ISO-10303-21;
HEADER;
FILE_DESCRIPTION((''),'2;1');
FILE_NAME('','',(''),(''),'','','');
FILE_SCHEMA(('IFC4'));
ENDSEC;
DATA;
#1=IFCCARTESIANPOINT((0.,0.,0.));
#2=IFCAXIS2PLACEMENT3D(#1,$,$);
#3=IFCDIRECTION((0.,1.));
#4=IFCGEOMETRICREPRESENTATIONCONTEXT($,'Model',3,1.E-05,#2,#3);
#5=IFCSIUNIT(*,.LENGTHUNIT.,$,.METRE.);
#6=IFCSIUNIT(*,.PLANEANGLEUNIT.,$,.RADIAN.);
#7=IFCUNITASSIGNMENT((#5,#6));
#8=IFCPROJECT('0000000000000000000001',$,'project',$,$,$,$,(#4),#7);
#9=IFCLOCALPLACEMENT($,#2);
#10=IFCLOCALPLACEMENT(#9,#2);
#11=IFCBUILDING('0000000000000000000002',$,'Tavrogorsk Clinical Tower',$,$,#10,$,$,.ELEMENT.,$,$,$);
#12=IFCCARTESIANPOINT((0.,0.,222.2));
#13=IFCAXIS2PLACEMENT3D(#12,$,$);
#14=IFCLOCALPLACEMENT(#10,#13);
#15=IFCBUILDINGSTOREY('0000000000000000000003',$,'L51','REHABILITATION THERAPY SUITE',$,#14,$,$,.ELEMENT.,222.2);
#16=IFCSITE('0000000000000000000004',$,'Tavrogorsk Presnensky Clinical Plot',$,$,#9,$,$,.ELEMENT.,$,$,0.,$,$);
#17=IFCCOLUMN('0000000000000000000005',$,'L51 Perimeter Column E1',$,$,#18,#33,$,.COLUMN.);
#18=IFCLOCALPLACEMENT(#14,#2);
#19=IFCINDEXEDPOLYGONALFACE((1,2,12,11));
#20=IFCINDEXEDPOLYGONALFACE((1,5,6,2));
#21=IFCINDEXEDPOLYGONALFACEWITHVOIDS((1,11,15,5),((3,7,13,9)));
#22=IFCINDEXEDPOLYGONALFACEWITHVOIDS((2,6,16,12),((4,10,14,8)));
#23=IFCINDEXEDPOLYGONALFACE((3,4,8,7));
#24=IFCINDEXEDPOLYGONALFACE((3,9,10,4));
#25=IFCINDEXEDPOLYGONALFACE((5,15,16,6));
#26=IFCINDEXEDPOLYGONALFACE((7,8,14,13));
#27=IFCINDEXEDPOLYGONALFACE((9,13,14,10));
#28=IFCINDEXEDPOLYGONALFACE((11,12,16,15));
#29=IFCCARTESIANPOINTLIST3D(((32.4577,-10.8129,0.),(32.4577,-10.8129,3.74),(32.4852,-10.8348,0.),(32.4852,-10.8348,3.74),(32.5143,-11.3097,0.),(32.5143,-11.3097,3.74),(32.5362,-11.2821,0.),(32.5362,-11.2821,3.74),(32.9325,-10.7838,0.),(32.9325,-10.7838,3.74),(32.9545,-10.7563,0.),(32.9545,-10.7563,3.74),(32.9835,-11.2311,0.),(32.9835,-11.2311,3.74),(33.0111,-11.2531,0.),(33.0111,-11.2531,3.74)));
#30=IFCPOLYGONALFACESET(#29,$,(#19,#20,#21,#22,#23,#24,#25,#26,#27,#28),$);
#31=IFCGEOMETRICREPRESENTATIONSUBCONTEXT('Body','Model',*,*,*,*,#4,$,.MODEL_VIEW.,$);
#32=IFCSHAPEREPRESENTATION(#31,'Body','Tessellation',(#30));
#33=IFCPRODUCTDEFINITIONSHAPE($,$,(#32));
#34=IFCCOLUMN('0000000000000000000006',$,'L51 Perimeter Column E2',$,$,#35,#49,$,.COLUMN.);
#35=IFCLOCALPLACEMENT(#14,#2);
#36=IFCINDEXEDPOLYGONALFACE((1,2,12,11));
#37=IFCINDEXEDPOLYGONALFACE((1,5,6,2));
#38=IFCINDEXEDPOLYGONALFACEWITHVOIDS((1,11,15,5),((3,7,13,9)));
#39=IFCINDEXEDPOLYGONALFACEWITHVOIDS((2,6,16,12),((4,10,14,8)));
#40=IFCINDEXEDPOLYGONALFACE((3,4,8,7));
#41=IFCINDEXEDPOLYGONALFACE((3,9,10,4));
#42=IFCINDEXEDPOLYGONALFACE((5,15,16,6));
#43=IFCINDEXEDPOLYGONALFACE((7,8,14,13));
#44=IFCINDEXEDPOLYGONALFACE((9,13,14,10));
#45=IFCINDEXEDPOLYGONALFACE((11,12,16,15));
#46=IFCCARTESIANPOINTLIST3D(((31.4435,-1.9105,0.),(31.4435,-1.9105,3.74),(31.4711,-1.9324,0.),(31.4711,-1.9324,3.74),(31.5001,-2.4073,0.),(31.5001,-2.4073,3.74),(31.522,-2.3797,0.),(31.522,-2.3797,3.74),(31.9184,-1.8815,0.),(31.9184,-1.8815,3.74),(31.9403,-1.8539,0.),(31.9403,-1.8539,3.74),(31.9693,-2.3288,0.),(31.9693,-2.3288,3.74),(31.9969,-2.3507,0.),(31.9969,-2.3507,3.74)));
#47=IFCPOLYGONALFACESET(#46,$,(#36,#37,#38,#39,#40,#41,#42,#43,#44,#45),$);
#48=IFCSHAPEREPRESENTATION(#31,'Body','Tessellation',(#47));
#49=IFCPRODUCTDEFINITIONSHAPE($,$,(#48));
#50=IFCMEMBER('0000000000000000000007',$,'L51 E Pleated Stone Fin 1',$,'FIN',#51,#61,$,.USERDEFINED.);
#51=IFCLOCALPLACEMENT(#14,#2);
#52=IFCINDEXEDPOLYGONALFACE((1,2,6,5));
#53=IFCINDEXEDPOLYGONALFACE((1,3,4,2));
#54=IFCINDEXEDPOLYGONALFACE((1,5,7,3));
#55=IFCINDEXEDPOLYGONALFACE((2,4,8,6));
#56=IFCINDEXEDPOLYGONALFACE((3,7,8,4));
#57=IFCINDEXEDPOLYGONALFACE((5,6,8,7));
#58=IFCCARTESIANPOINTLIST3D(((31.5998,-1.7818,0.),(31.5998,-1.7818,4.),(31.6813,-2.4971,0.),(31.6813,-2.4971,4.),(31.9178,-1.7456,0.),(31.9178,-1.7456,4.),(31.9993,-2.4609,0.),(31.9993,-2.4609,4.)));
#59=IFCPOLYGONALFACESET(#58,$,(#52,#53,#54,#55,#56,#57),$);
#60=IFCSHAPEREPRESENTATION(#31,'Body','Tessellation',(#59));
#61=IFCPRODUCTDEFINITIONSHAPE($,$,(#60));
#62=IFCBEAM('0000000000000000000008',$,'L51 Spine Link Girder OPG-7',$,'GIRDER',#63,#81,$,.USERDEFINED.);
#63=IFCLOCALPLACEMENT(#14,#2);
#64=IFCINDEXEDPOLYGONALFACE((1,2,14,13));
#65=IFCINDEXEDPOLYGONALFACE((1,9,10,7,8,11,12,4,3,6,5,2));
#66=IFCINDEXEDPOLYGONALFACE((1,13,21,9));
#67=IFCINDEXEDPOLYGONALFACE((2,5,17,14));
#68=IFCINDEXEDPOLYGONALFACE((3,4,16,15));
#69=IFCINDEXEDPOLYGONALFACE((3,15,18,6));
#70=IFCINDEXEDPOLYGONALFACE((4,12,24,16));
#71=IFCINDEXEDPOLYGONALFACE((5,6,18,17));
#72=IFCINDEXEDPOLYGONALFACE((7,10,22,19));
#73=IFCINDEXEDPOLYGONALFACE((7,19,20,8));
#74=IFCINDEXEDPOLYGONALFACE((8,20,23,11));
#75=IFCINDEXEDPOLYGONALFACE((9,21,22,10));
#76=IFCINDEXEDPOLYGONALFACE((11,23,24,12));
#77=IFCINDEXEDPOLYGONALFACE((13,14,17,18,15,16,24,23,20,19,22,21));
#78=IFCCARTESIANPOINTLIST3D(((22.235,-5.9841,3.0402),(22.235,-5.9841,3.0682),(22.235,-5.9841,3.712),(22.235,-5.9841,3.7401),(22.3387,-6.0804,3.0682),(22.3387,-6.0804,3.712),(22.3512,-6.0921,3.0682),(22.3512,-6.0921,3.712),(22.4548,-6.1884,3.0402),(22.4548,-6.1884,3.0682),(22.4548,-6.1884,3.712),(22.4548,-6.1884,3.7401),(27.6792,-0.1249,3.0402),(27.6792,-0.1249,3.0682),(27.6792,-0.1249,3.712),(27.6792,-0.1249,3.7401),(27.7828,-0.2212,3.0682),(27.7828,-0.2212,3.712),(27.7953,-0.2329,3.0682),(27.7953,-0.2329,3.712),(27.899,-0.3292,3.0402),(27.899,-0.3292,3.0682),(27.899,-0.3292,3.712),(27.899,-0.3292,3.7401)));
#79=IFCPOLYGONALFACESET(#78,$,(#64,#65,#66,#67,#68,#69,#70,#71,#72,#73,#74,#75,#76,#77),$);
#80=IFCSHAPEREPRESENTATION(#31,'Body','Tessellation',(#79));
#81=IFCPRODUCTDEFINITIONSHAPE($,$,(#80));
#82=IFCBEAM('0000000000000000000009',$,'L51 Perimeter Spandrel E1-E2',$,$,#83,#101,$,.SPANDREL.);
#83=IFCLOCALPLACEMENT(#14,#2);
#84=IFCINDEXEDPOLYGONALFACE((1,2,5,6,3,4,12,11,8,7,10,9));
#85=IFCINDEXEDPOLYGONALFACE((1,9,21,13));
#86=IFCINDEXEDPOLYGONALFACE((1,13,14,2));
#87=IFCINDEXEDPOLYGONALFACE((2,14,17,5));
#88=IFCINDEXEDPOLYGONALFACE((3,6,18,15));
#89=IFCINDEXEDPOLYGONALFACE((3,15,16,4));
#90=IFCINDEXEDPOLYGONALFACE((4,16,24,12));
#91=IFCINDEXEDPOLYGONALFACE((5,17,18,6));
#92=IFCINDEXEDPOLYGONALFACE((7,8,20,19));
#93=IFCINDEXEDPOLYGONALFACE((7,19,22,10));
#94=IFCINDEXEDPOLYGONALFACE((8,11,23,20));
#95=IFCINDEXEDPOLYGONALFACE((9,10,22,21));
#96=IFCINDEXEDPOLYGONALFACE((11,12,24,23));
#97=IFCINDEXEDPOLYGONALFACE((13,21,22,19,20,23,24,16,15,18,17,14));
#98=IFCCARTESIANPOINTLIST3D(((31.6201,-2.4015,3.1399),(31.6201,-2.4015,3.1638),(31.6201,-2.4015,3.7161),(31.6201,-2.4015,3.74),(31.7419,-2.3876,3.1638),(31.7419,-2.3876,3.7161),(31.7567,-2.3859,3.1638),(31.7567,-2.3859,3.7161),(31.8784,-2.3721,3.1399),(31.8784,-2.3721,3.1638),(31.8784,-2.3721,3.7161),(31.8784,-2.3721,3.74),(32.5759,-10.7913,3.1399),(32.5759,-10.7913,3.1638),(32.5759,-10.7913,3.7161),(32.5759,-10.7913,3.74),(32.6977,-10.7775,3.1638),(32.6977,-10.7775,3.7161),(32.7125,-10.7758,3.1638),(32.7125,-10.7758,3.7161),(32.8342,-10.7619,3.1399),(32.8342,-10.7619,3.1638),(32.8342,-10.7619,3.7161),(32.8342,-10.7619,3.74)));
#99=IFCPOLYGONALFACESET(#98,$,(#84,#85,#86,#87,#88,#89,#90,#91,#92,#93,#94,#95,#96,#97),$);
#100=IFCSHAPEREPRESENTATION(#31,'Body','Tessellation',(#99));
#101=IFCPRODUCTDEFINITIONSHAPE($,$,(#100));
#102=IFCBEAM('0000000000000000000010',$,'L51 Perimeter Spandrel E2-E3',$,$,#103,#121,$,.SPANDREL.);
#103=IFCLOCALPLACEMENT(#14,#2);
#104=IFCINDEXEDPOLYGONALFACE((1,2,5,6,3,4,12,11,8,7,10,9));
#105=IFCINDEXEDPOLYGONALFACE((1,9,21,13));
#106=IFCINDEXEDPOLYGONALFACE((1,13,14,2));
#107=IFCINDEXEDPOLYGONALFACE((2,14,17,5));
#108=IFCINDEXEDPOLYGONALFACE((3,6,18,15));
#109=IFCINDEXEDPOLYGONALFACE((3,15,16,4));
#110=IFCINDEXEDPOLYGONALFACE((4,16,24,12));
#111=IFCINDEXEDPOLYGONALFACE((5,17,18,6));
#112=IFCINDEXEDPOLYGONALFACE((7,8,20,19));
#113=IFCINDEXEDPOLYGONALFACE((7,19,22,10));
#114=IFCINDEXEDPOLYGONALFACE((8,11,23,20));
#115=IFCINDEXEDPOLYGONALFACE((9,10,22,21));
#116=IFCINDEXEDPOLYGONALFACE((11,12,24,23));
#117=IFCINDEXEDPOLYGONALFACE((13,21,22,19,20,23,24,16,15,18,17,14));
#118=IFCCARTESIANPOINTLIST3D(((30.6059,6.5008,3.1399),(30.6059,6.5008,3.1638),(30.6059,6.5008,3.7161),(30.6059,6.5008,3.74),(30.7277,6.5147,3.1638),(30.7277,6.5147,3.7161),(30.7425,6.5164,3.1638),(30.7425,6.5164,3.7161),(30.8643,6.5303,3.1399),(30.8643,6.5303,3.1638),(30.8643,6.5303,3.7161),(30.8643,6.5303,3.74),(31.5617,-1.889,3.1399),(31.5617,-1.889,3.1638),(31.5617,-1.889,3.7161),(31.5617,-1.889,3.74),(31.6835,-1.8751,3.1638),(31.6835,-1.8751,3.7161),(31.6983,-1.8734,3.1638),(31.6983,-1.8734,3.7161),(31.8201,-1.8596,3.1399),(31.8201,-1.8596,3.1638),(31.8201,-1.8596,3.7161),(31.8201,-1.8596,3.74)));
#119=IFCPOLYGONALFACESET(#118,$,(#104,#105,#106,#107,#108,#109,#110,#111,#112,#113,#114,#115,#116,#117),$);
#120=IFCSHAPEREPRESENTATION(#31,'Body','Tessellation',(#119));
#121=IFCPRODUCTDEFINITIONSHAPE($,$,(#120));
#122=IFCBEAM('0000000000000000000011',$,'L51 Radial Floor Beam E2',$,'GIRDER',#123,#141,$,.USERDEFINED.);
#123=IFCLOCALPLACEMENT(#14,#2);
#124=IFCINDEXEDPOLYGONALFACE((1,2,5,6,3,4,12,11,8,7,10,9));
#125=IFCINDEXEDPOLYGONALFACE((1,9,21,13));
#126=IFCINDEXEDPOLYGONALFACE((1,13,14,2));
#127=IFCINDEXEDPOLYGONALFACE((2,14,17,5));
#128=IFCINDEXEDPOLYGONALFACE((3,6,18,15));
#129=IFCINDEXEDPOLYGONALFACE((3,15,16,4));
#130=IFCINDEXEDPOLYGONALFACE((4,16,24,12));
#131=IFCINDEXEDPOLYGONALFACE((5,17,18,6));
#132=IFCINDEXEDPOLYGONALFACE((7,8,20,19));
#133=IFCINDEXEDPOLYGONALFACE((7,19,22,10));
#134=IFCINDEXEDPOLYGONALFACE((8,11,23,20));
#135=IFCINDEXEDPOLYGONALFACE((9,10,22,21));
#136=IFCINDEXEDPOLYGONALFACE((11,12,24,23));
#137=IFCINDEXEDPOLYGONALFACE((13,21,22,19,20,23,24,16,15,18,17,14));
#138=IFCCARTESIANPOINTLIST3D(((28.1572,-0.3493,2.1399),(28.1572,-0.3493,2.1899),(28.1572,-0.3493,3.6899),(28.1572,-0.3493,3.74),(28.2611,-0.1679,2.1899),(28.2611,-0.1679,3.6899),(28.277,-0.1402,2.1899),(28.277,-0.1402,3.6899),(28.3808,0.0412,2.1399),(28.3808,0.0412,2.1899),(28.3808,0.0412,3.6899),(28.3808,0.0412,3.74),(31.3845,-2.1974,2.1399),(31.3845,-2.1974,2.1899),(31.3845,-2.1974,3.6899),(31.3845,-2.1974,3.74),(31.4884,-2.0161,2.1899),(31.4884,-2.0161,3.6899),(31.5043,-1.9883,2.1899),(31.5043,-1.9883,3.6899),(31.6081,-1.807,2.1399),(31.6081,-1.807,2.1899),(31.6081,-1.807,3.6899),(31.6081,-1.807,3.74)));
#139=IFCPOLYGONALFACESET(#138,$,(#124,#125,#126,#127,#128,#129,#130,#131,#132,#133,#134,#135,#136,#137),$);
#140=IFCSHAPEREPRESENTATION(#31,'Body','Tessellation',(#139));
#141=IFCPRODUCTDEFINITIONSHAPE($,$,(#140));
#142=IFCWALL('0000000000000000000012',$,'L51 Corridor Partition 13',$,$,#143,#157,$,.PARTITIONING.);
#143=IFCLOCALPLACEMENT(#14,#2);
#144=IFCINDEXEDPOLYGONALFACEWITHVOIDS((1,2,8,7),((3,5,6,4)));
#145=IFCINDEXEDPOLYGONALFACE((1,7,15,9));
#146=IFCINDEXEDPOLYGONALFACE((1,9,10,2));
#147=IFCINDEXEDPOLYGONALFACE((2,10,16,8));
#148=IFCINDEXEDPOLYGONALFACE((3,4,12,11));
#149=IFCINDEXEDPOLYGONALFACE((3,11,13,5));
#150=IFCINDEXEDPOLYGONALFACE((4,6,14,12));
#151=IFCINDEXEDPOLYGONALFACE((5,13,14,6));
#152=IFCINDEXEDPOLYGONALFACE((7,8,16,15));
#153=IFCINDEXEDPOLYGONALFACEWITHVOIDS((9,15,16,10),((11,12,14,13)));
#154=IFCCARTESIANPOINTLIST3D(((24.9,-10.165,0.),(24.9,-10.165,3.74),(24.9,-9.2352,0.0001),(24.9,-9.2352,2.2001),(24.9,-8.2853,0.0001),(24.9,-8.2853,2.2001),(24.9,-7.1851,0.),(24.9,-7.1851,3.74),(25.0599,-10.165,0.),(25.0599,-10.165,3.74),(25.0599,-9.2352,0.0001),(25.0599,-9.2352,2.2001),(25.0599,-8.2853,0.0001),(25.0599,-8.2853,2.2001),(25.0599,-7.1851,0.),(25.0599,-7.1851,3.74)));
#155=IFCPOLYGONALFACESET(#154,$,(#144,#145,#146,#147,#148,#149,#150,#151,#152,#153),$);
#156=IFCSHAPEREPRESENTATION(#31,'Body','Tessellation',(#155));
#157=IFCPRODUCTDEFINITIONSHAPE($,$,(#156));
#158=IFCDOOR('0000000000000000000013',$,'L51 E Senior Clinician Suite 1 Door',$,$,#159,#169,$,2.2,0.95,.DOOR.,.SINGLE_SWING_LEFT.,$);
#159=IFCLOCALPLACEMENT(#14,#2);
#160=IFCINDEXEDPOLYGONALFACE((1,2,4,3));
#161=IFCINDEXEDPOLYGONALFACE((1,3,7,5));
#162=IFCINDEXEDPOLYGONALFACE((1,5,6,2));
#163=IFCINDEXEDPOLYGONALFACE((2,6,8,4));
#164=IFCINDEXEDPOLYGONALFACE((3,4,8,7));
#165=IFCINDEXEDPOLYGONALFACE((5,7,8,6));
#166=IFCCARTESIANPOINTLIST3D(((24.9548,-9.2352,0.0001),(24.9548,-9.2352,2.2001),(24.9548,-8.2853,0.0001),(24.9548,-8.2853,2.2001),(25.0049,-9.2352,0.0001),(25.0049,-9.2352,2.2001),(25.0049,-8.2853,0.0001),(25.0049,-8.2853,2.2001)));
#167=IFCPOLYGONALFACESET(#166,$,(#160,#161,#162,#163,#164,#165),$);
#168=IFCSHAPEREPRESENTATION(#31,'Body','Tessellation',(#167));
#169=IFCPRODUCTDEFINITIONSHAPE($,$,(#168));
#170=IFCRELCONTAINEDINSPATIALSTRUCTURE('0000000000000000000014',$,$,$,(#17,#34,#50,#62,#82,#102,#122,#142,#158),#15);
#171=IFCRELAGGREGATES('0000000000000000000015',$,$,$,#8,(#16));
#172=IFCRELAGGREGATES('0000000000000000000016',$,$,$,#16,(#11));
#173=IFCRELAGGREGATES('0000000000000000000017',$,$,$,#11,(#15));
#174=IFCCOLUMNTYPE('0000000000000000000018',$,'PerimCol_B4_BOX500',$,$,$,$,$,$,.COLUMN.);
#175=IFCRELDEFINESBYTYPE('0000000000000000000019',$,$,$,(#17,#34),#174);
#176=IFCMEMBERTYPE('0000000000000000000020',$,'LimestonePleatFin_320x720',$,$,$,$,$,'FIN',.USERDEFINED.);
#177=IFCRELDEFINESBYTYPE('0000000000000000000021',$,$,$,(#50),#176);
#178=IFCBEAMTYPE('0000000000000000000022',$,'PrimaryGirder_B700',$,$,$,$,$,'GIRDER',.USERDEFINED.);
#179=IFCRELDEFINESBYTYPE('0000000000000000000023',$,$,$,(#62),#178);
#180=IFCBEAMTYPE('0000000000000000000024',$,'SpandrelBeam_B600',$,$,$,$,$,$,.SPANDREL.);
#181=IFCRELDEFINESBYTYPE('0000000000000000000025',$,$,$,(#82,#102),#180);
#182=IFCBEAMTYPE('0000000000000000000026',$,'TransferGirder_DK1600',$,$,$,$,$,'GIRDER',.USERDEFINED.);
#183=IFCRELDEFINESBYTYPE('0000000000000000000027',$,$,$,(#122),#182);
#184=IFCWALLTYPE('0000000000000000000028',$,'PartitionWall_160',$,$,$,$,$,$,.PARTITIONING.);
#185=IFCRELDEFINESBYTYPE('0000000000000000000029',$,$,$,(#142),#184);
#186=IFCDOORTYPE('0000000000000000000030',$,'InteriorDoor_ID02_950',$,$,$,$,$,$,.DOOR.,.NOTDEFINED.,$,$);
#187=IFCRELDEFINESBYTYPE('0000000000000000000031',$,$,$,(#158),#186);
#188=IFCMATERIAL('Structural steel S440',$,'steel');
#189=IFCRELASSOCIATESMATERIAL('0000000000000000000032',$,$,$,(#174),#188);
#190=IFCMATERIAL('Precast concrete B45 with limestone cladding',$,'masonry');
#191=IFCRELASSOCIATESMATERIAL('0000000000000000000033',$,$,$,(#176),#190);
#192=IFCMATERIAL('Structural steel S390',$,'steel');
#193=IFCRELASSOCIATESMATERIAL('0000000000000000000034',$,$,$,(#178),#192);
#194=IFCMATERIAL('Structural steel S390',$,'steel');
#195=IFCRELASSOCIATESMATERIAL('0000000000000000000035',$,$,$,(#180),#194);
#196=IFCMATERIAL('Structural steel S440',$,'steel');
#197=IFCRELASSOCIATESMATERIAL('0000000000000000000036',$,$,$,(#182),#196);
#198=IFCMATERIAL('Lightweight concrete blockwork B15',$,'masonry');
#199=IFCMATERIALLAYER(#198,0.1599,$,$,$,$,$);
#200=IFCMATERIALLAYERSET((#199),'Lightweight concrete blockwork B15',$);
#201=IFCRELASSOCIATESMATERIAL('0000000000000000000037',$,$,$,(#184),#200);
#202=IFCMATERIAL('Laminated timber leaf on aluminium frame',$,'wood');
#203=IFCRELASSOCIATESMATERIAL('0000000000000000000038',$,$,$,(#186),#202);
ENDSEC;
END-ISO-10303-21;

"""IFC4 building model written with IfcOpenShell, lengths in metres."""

from ifc_helpers import new_model, si_unit, direction, frame, frame_2d, origin, origin_2d, place, context, subcontext, project, spatial, rectangle, hollow_rectangle, i_section, extrude, material, layer, layer_set, material_profile, profile_set, type_object, element, fill, save


model = new_model("IFC4")

# Units and contexts
model_context = context("Model", 3, precision=1e-05, world=origin(), true_north=direction((0.0, 1.0)))
body_context = subcontext(model_context, "Body", "Model", "MODEL_VIEW")
ifc_project = project(units=[si_unit("LENGTHUNIT", "METRE"), si_unit("PLANEANGLEUNIT", "RADIAN")], contexts=[model_context])

# Site, building, storey
site_placement = place(None, origin())
site = spatial("IfcSite", under=ifc_project, at=site_placement, Name="Tavrogorsk Presnensky Clinical Plot", CompositionType="ELEMENT", RefElevation=0.0)
building_placement = place(site_placement, origin())
building = spatial("IfcBuilding", under=site, at=building_placement, Name="Tavrogorsk Clinical Tower", CompositionType="ELEMENT")
storey_placement = place(building_placement, frame((0.0, 0.0, 222.2)))
storey = spatial("IfcBuildingStorey", under=building, at=storey_placement, Name="L51", Description="REHABILITATION THERAPY SUITE", CompositionType="ELEMENT", Elevation=222.2)

# Columns
ifc_material_1 = material(Name="Structural steel S440", Category="steel")
ifc_material_profile_1 = material_profile(ifc_material_1, hollow_rectangle(XDim=0.5, YDim=0.5, WallThickness=0.0249, at=origin_2d()), Name="BOX-500x500x25")
ifc_profile_set_1 = profile_set([ifc_material_profile_1], Name="Structural steel S440")
column_type = type_object("IfcColumnType", Name="PerimCol_B4_BOX500", PredefinedType="COLUMN", material=ifc_profile_set_1)
for number, where, z_axis, x_axis, name in (
    (1, (32.7344, -11.033, 0.0), (0.0, 0.0, 1.0), (0.993572, 0.113203, 0.0), "L51 Perimeter Column E1"),
    (2, (31.7202, -2.1306, 0.0), (0.0, 0.0, 1.0), (0.993572, 0.113203, 0.0), "L51 Perimeter Column E2"),
):
    element("IfcColumn", number, at=place(storey_placement, frame(where, z_axis=z_axis, x_axis=x_axis)), inside=storey, type_object=column_type, Name=name, PredefinedType="COLUMN", context=body_context, shape_type="SweptSolid", body=[
        extrude(hollow_rectangle(XDim=0.5, YDim=0.5, WallThickness=0.0249, at=origin_2d()), origin(), (0.0, 0.0, 1.0), 3.74),
    ])

# Member
ifc_material_2 = material(Name="Precast concrete B45 with limestone cladding", Category="masonry")
ifc_material_profile_2 = material_profile(ifc_material_2, rectangle(XDim=0.3201, YDim=0.72, at=origin_2d()), Name="LIMESTONE-FIN-320x720")
ifc_profile_set_2 = profile_set([ifc_material_profile_2], Name="Precast concrete B45 with limestone cladding")
member_type = type_object("IfcMemberType", Name="LimestonePleatFin_320x720", ElementType="FIN", PredefinedType="USERDEFINED", material=ifc_profile_set_2)
member_placement = place(storey_placement, frame((31.7996, -2.1213, 0.0), z_axis=(0.0, 0.0, 1.0), x_axis=(0.993572, 0.113203, 0.0)))
element("IfcMember", 3, at=member_placement, inside=storey, type_object=member_type, Name="L51 E Pleated Stone Fin 1", ObjectType="FIN", PredefinedType="USERDEFINED", context=body_context, shape_type="SweptSolid", body=[
    extrude(rectangle(XDim=0.3201, YDim=0.72, at=origin_2d()), origin(), (0.0, 0.0, 1.0), 4.0),
])

# Beams
ifc_material_3 = material(Name="Structural steel S390", Category="steel")
ifc_material_profile_3 = material_profile(ifc_material_3, i_section(OverallWidth=0.3, OverallDepth=0.7, WebThickness=0.0171, FlangeThickness=0.0281, at=origin_2d()), Name="B-700x300x17x28")
ifc_profile_set_3 = profile_set([ifc_material_profile_3], Name="Structural steel S390")
beam_type_1 = type_object("IfcBeamType", Name="PrimaryGirder_B700", ElementType="GIRDER", PredefinedType="USERDEFINED", material=ifc_profile_set_3)
beam_1_placement = place(storey_placement, frame((27.7891, -0.2271, 3.3901), z_axis=(-0.680684, -0.732577, 0.0), x_axis=(0.732577, -0.680684, 0.0)))
element("IfcBeam", 4, at=beam_1_placement, inside=storey, type_object=beam_type_1, Name="L51 Spine Link Girder OPG-7", ObjectType="GIRDER", PredefinedType="USERDEFINED", context=body_context, shape_type="SweptSolid", body=[
    extrude(i_section(OverallWidth=0.3, OverallDepth=0.7, WebThickness=0.0171, FlangeThickness=0.0281, at=origin_2d()), origin(), (0.0, 0.0, 1.0), 7.998),
])
ifc_material_4 = material(Name="Structural steel S390", Category="steel")
ifc_material_profile_4 = material_profile(ifc_material_4, i_section(OverallWidth=0.26, OverallDepth=0.6001, WebThickness=0.0149, FlangeThickness=0.0239, at=origin_2d()), Name="B-600x260x15x24")
ifc_profile_set_4 = profile_set([ifc_material_profile_4], Name="Structural steel S390")
beam_type_2 = type_object("IfcBeamType", Name="SpandrelBeam_B600", PredefinedType="SPANDREL", material=ifc_profile_set_4)
for number, where, z_axis, x_axis, name in (
    (5, (32.7051, -10.7766, 3.4399), (-0.113192, 0.993573, 0.0), (-0.993573, -0.113192, 0.0), "L51 Perimeter Spandrel E1-E2"),
    (6, (31.6909, -1.8743, 3.4399), (-0.113192, 0.993573, 0.0), (-0.993573, -0.113192, 0.0), "L51 Perimeter Spandrel E2-E3"),
):
    element("IfcBeam", number, at=place(storey_placement, frame(where, z_axis=z_axis, x_axis=x_axis)), inside=storey, type_object=beam_type_2, Name=name, PredefinedType="SPANDREL", context=body_context, shape_type="SweptSolid", body=[
        extrude(i_section(OverallWidth=0.26, OverallDepth=0.6001, WebThickness=0.0149, FlangeThickness=0.0239, at=origin_2d()), origin(), (0.0, 0.0, 1.0), 8.4441),
    ])
ifc_material_5 = material(Name="Structural steel S440", Category="steel")
ifc_material_profile_5 = material_profile(ifc_material_5, i_section(OverallWidth=0.45, OverallDepth=1.6001, WebThickness=0.032, FlangeThickness=0.05, at=origin_2d()), Name="DK-1600x450x32x50")
ifc_profile_set_5 = profile_set([ifc_material_profile_5], Name="Structural steel S440")
beam_type_3 = type_object("IfcBeamType", Name="TransferGirder_DK1600", ElementType="GIRDER", PredefinedType="USERDEFINED", material=ifc_profile_set_5)
beam_2_placement = place(storey_placement, frame((28.269, -0.1541, 2.9399), z_axis=(0.867782, -0.496945, 0.0), x_axis=(0.496945, 0.867782, 0.0)))
element("IfcBeam", 7, at=beam_2_placement, inside=storey, type_object=beam_type_3, Name="L51 Radial Floor Beam E2", ObjectType="GIRDER", PredefinedType="USERDEFINED", context=body_context, shape_type="SweptSolid", body=[
    extrude(i_section(OverallWidth=0.45, OverallDepth=1.6001, WebThickness=0.032, FlangeThickness=0.05, at=origin_2d()), origin(), (0.0, 0.0, 1.0), 3.719),
])

# Wall, opening, door
ifc_material_6 = material(Name="Lightweight concrete blockwork B15", Category="masonry")
ifc_layer = layer(ifc_material_6, 0.1599)
ifc_layer_set = layer_set([ifc_layer], Name="Lightweight concrete blockwork B15")
wall_type = type_object("IfcWallType", Name="PartitionWall_160", PredefinedType="PARTITIONING", material=ifc_layer_set)
wall_1_placement = place(storey_placement, frame((24.98, -7.1851, 0.0), z_axis=(0.0, 0.0, 1.0), x_axis=(0.0, -1.0, 0.0)))
wall_1 = element("IfcWall", 8, at=wall_1_placement, inside=storey, type_object=wall_type, Name="L51 Corridor Partition 13", PredefinedType="PARTITIONING", context=body_context, shape_type="SweptSolid", body=[
    extrude(rectangle(XDim=2.98, YDim=0.1599, at=frame_2d((1.49, 0.0))), origin(), (0.0, 0.0, 1.0), 3.74),
])
opening_1_placement = place(wall_1_placement, frame((1.1001, 0.0, 0.0)))
opening_1 = element("IfcOpeningElement", 9, at=opening_1_placement, cuts=wall_1, PredefinedType="OPENING", context=body_context, shape_type="SweptSolid", body=[
    extrude(rectangle(XDim=0.95, YDim=2.2, at=frame_2d((0.4751, 1.1001))), frame((0.0, 0.0898, 0.0), z_axis=(0.0, -1.0, 0.0), x_axis=(1.0, 0.0, 0.0)), (0.0, 0.0, 1.0), 0.1799),
])
ifc_material_7 = material(Name="Laminated timber leaf on aluminium frame", Category="wood")
door_type_1 = type_object("IfcDoorType", Name="InteriorDoor_ID02_950", OperationType="NOTDEFINED", PredefinedType="DOOR", material=ifc_material_7)
door_1_placement = place(opening_1_placement, origin())
door_1 = element("IfcDoor", 10, at=door_1_placement, inside=storey, type_object=door_type_1, Name="L51 E Senior Clinician Suite 1 Door", OperationType="SINGLE_SWING_LEFT", OverallHeight=2.2, OverallWidth=0.95, PredefinedType="DOOR", context=body_context, shape_type="SweptSolid", body=[
    extrude(rectangle(XDim=0.95, YDim=2.2, at=frame_2d((0.4751, 1.1001))), frame((0.0, 0.0249, 0.0), z_axis=(0.0, -1.0, 0.0), x_axis=(1.0, 0.0, 0.0)), (0.0, 0.0, 1.0), 0.05),
])
fill(opening_1, door_1)

save(model, "model.ifc")
